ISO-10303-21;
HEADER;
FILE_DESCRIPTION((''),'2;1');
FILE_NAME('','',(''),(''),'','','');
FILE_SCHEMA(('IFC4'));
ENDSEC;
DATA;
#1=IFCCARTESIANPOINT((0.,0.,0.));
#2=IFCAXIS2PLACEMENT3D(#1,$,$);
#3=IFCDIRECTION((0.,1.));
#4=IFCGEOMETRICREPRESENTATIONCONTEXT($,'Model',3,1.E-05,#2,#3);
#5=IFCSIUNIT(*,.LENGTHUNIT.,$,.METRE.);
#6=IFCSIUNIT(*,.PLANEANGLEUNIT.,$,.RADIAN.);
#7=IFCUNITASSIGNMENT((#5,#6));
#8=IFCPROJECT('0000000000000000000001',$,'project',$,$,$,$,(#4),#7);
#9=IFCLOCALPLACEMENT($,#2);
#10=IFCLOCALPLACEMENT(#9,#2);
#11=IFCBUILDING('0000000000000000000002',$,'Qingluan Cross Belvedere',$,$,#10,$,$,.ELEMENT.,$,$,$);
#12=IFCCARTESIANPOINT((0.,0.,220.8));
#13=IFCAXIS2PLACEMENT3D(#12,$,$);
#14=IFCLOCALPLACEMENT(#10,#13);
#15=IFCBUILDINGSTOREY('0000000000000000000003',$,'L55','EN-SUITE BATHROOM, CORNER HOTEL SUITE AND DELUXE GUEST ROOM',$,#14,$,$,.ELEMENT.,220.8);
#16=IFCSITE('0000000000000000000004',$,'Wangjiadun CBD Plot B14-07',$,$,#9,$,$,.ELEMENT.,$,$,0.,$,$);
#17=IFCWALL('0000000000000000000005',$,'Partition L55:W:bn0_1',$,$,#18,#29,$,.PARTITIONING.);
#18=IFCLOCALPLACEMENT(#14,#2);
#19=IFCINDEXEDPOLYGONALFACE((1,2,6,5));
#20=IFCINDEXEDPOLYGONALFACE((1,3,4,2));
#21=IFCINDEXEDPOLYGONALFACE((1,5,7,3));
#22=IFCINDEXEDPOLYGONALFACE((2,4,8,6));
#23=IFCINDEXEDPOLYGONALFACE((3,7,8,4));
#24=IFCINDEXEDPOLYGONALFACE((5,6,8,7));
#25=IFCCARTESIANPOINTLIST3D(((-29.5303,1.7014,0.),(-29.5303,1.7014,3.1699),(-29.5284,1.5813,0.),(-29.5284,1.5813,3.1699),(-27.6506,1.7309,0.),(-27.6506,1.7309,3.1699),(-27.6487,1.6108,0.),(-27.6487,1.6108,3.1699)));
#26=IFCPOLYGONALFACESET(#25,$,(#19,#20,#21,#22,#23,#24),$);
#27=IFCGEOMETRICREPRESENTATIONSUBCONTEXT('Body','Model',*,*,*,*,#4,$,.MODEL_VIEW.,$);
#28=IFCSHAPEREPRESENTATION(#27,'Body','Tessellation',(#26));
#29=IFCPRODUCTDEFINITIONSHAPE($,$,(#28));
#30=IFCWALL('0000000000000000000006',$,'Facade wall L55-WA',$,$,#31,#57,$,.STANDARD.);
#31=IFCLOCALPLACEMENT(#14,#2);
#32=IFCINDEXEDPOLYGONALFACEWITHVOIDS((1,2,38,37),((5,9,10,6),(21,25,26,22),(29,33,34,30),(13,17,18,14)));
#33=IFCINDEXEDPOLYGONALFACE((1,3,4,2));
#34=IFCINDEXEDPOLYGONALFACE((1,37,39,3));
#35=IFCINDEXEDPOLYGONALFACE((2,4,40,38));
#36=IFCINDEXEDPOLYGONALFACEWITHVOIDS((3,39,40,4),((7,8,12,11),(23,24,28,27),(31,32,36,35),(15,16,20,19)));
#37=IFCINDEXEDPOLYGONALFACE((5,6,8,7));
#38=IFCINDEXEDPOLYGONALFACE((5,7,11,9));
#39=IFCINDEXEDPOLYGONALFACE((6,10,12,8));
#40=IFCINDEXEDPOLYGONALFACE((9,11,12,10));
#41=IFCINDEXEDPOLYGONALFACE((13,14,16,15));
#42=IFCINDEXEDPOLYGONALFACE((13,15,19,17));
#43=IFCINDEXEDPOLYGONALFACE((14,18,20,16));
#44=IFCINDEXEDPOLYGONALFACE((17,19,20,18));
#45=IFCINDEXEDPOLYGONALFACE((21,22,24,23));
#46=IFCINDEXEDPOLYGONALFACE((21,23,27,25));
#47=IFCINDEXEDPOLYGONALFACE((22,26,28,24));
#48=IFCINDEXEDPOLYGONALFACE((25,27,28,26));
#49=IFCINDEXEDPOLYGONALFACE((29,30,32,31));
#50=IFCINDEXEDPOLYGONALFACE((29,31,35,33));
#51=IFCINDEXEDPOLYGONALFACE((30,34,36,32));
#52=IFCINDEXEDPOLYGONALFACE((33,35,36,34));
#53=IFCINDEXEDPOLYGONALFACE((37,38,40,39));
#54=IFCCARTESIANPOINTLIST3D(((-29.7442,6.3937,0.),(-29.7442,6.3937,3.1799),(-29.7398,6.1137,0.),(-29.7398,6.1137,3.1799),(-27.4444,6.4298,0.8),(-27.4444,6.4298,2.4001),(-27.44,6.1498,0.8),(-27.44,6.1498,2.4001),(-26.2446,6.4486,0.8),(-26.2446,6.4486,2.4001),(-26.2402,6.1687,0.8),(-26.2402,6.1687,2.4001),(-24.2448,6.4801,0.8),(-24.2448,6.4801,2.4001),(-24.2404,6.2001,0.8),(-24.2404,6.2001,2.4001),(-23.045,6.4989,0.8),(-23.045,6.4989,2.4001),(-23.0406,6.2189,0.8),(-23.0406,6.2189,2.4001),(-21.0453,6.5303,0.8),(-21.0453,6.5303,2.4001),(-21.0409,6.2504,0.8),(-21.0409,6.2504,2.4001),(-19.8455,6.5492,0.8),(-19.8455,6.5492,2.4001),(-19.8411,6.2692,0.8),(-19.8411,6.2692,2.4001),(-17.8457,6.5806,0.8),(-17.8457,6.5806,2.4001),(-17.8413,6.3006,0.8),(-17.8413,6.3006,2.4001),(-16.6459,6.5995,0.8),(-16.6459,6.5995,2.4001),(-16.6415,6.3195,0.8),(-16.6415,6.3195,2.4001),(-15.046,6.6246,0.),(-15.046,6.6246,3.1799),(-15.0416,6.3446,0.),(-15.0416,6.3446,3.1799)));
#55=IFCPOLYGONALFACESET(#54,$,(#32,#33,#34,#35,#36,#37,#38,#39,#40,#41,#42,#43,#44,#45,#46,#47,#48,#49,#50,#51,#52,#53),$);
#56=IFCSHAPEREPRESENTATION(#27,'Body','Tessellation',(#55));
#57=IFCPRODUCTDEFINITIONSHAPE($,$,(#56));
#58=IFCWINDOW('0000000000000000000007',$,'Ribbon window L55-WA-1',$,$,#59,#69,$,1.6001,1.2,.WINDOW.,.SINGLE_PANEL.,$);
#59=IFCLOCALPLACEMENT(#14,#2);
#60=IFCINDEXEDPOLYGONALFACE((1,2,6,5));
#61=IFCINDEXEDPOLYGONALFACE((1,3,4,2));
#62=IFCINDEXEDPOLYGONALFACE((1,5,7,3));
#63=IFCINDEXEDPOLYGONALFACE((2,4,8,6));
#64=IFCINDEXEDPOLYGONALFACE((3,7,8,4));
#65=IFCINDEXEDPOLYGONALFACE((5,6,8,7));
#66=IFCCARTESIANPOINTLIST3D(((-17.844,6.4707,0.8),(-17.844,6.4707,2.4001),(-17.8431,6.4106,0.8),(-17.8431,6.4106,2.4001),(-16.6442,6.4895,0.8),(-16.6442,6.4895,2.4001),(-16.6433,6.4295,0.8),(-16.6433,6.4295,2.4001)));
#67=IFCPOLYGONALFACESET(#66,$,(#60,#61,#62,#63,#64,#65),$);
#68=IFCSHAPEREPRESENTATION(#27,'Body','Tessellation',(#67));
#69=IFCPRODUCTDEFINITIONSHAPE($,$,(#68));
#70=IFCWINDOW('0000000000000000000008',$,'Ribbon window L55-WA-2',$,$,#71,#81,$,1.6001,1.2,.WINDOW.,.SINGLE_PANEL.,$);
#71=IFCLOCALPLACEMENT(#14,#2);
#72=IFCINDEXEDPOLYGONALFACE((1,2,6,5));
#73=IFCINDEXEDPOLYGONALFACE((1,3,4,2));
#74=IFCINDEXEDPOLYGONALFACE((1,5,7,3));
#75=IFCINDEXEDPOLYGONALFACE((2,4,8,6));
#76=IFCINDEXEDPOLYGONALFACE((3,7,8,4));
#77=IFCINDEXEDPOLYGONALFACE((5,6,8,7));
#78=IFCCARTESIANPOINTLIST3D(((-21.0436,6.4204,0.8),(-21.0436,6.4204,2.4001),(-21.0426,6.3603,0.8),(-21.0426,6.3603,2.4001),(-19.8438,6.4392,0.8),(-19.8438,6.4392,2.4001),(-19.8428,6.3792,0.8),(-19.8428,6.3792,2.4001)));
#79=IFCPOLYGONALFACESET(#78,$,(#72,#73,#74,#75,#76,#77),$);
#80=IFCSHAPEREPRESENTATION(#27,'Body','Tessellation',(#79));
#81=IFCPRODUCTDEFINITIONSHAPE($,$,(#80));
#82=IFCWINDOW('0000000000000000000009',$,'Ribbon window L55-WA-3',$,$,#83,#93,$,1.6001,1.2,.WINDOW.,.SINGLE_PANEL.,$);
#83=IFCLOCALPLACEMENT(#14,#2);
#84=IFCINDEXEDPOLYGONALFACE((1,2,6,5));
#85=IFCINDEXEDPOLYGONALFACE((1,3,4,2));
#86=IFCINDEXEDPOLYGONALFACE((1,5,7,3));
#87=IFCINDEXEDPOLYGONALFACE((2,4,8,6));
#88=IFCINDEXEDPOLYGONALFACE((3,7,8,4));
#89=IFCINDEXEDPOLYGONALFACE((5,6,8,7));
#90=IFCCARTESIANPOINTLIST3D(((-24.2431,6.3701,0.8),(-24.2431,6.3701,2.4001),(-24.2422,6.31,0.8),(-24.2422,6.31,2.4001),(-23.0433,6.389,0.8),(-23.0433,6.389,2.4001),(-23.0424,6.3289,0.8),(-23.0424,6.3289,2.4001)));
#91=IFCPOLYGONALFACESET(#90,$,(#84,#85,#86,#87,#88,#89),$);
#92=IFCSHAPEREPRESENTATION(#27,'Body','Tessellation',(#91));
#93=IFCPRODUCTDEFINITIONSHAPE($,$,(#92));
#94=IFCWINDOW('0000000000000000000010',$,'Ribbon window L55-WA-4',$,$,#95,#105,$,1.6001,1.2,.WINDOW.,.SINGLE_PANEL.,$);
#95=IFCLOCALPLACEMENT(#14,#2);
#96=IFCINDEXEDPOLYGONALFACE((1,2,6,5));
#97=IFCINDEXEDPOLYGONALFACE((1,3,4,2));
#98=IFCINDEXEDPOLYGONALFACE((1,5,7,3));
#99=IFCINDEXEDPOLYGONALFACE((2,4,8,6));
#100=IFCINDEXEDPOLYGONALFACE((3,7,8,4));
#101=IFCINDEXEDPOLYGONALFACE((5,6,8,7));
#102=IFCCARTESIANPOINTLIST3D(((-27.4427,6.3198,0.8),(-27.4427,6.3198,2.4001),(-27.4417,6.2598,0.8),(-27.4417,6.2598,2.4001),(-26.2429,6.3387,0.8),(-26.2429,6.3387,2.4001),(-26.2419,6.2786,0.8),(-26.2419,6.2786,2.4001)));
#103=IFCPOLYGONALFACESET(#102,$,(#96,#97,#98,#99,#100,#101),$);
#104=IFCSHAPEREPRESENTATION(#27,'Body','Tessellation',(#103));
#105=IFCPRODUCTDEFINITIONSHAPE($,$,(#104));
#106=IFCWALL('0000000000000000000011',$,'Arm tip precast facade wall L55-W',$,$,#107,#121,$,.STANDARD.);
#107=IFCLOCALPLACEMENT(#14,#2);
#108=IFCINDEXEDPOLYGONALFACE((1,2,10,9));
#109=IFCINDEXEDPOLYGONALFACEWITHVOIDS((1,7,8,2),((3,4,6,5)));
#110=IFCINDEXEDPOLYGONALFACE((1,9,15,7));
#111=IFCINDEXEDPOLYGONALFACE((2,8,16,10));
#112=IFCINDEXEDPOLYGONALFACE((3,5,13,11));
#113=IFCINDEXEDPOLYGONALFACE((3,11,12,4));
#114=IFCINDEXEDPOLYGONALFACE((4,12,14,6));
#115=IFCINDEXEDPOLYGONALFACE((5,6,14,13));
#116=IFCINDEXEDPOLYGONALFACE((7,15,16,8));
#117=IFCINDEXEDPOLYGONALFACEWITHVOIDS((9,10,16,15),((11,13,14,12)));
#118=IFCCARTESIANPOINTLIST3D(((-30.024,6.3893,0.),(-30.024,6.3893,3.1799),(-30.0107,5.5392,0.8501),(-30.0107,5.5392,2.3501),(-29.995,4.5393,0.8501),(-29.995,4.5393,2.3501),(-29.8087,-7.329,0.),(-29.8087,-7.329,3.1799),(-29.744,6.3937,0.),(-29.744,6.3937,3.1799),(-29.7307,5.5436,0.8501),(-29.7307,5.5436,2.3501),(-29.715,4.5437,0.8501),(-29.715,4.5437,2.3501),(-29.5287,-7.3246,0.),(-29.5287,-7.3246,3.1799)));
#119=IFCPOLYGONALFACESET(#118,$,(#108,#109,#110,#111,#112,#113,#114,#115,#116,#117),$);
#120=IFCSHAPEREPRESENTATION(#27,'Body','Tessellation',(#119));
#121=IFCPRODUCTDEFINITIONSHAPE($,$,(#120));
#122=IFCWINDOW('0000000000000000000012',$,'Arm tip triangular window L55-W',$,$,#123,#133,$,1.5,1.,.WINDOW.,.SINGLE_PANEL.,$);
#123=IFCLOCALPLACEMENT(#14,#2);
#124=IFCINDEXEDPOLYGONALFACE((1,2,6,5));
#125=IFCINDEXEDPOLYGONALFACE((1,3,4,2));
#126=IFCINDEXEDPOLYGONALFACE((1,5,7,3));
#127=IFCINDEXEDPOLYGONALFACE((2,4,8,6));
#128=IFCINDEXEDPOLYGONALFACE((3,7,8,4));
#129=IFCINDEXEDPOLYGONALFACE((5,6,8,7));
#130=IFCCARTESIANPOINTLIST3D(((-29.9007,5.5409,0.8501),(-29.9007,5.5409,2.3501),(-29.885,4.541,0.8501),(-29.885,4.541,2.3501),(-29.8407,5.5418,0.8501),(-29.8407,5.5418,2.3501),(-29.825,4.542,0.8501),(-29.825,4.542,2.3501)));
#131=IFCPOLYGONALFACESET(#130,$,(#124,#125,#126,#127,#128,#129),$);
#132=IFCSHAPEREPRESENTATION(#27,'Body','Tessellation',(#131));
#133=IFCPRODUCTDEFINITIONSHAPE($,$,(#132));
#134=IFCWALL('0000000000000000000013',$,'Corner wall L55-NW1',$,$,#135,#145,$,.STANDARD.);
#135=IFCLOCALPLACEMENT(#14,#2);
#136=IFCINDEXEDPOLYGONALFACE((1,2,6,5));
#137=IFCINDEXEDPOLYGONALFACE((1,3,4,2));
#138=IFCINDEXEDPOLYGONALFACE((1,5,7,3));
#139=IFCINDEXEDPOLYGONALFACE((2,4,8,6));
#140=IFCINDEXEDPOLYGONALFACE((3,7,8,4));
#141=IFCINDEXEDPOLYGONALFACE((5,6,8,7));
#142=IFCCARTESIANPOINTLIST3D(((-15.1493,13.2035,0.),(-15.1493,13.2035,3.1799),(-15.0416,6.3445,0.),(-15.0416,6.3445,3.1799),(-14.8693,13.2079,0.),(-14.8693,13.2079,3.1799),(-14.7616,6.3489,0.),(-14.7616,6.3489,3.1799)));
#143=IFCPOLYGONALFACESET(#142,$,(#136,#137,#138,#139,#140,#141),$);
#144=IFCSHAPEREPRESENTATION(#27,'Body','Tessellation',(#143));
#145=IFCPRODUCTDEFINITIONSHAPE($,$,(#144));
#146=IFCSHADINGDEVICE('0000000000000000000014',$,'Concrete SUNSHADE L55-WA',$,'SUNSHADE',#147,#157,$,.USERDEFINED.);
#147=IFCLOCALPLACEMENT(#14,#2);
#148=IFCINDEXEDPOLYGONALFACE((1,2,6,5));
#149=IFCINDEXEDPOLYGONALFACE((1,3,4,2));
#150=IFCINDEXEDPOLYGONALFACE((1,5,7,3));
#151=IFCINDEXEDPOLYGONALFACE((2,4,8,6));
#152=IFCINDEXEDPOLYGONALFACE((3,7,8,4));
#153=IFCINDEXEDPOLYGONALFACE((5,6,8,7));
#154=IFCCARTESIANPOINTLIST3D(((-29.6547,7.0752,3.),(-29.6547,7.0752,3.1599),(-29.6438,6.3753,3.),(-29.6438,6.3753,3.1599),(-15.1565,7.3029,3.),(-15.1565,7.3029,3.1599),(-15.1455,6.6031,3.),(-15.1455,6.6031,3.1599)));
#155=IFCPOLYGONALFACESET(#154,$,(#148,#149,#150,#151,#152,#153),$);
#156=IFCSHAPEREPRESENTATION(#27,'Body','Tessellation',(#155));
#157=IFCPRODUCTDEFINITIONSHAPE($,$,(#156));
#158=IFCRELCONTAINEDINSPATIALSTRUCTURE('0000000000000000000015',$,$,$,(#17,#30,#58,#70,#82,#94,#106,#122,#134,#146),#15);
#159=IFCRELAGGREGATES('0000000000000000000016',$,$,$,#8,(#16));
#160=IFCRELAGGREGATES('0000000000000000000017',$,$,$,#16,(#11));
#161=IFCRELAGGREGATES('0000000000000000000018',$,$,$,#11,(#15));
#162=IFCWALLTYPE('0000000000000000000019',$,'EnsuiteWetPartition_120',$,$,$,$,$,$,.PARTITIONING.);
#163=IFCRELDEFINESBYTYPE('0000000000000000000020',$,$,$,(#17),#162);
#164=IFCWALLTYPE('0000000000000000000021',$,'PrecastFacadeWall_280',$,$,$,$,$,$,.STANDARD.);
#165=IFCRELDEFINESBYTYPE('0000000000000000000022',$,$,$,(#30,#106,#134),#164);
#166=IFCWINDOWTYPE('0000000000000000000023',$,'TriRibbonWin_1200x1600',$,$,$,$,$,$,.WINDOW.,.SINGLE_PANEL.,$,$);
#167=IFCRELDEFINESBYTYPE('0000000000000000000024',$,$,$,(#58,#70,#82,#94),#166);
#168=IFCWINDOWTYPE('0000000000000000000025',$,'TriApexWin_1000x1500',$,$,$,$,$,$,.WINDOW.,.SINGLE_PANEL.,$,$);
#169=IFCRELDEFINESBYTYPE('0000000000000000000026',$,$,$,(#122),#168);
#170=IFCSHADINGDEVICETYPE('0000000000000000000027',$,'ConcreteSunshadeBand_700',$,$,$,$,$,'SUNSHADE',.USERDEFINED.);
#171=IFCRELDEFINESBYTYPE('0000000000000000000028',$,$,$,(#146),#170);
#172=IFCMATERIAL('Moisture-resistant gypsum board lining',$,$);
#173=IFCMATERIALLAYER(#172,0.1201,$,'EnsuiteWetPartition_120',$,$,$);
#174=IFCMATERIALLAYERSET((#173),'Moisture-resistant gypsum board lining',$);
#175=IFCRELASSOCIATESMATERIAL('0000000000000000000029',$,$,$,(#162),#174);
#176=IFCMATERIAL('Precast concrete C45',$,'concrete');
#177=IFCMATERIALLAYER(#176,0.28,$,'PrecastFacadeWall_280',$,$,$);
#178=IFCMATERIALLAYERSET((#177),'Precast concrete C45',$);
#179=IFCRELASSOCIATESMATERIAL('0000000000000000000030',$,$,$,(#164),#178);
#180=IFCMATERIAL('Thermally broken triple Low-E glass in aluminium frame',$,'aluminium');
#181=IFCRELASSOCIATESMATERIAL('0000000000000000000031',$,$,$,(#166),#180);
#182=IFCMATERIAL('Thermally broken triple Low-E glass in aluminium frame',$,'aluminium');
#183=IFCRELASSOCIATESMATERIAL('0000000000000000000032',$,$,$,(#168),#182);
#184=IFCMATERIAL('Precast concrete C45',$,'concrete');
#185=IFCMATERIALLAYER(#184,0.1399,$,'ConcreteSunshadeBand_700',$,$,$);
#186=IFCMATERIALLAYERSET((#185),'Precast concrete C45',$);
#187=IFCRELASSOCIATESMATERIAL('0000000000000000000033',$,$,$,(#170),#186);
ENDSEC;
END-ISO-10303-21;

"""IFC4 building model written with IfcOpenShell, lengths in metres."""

from ifc_helpers import new_model, si_unit, direction, frame, frame_2d, origin, origin_2d, place, context, subcontext, project, spatial, rectangle, extrude, material, layer, layer_set, type_object, element, fill, save


model = new_model("IFC4")

# Units and contexts
model_context = context("Model", 3, precision=1e-05, world=origin(), true_north=direction((0.0, 1.0)))
body_context = subcontext(model_context, "Body", "Model", "MODEL_VIEW")
ifc_project = project(units=[si_unit("LENGTHUNIT", "METRE"), si_unit("PLANEANGLEUNIT", "RADIAN")], contexts=[model_context])

# Site, building, storey
site_placement = place(None, origin())
site = spatial("IfcSite", under=ifc_project, at=site_placement, Name="Wangjiadun CBD Plot B14-07", CompositionType="ELEMENT", RefElevation=0.0)
building_placement = place(site_placement, origin())
building = spatial("IfcBuilding", under=site, at=building_placement, Name="Qingluan Cross Belvedere", CompositionType="ELEMENT")
storey_placement = place(building_placement, frame((0.0, 0.0, 220.8)))
storey = spatial("IfcBuildingStorey", under=building, at=storey_placement, Name="L55", Description="EN-SUITE BATHROOM, CORNER HOTEL SUITE AND DELUXE GUEST ROOM", CompositionType="ELEMENT", Elevation=220.8)

# Shared definitions
ifc_material_1 = material(Name="Moisture-resistant gypsum board lining")
ifc_layer_1 = layer(ifc_material_1, 0.1201, Name="EnsuiteWetPartition_120")
ifc_layer_set_1 = layer_set([ifc_layer_1], Name="Moisture-resistant gypsum board lining")
wall_type_1 = type_object("IfcWallType", Name="EnsuiteWetPartition_120", PredefinedType="PARTITIONING", material=ifc_layer_set_1)

# Wall
wall_1_placement = place(storey_placement, frame((-27.6497, 1.6709, 0.0), z_axis=(0.0, 0.0, 1.0), x_axis=(-0.999877, -0.015714, 0.0)))
element("IfcWall", 1, at=wall_1_placement, inside=storey, type_object=wall_type_1, Name="Partition L55:W:bn0_1", PredefinedType="PARTITIONING", context=body_context, shape_type="SweptSolid", body=[
    extrude(rectangle(XDim=1.8799, YDim=0.1201, at=frame_2d((0.9399, 0.0))), origin(), (0.0, 0.0, 1.0), 3.1699),
])

# Wall, openings, windows
ifc_material_2 = material(Name="Precast concrete C45", Category="concrete")
ifc_layer_2 = layer(ifc_material_2, 0.28, Name="PrecastFacadeWall_280")
ifc_layer_set_2 = layer_set([ifc_layer_2], Name="Precast concrete C45")
wall_type_2 = type_object("IfcWallType", Name="PrecastFacadeWall_280", PredefinedType="STANDARD", material=ifc_layer_set_2)
wall_2_placement = place(storey_placement, frame((-15.0437, 6.4846, 0.0), z_axis=(0.0, 0.0, 1.0), x_axis=(-0.999877, -0.015711, 0.0)))
wall_2 = element("IfcWall", 2, at=wall_2_placement, inside=storey, type_object=wall_type_2, Name="Facade wall L55-WA", PredefinedType="STANDARD", context=body_context, shape_type="SweptSolid", body=[
    extrude(rectangle(XDim=14.7, YDim=0.28, at=frame_2d((7.3501, 0.0))), origin(), (0.0, 0.0, 1.0), 3.1799),
])
opening_1_placement = place(wall_2_placement, frame((1.6001, 0.0, 0.8)))
opening_1 = element("IfcOpeningElement", 3, at=opening_1_placement, cuts=wall_2, PredefinedType="OPENING", context=body_context, shape_type="SweptSolid", body=[
    extrude(rectangle(XDim=1.2, YDim=1.6001, at=frame_2d((0.6001, 0.8))), frame((0.0, 0.1499, 0.0), z_axis=(0.0, -1.0, 0.0), x_axis=(1.0, 0.0, 0.0)), (0.0, 0.0, 1.0), 0.3),
])
opening_2_placement = place(wall_2_placement, frame((4.8, 0.0, 0.8)))
opening_2 = element("IfcOpeningElement", 4, at=opening_2_placement, cuts=wall_2, PredefinedType="OPENING", context=body_context, shape_type="SweptSolid", body=[
    extrude(rectangle(XDim=1.2, YDim=1.6001, at=frame_2d((0.6001, 0.8))), frame((0.0, 0.1499, 0.0), z_axis=(0.0, -1.0, 0.0), x_axis=(1.0, 0.0, 0.0)), (0.0, 0.0, 1.0), 0.3),
])
opening_3_placement = place(wall_2_placement, frame((8.0, 0.0, 0.8)))
opening_3 = element("IfcOpeningElement", 5, at=opening_3_placement, cuts=wall_2, PredefinedType="OPENING", context=body_context, shape_type="SweptSolid", body=[
    extrude(rectangle(XDim=1.2, YDim=1.6001, at=frame_2d((0.6001, 0.8))), frame((0.0, 0.1499, 0.0), z_axis=(0.0, -1.0, 0.0), x_axis=(1.0, 0.0, 0.0)), (0.0, 0.0, 1.0), 0.3),
])
opening_4_placement = place(wall_2_placement, frame((11.2, 0.0, 0.8)))
opening_4 = element("IfcOpeningElement", 6, at=opening_4_placement, cuts=wall_2, PredefinedType="OPENING", context=body_context, shape_type="SweptSolid", body=[
    extrude(rectangle(XDim=1.2, YDim=1.6001, at=frame_2d((0.6001, 0.8))), frame((0.0, 0.1499, 0.0), z_axis=(0.0, -1.0, 0.0), x_axis=(1.0, 0.0, 0.0)), (0.0, 0.0, 1.0), 0.3),
])
ifc_material_3 = material(Name="Thermally broken triple Low-E glass in aluminium frame", Category="aluminium")
window_type_1 = type_object("IfcWindowType", Name="TriRibbonWin_1200x1600", PartitioningType="SINGLE_PANEL", PredefinedType="WINDOW", material=ifc_material_3)
window_1_placement = place(opening_1_placement, origin())
window_1 = element("IfcWindow", 7, at=window_1_placement, inside=storey, type_object=window_type_1, Name="Ribbon window L55-WA-1", OverallHeight=1.6001, OverallWidth=1.2, PartitioningType="SINGLE_PANEL", PredefinedType="WINDOW", context=body_context, shape_type="SweptSolid", body=[
    extrude(rectangle(XDim=1.2, YDim=1.6001, at=frame_2d((0.6001, 0.8))), frame((0.0, 0.03, 0.0), z_axis=(0.0, -1.0, 0.0), x_axis=(1.0, 0.0, 0.0)), (0.0, 0.0, 1.0), 0.0601),
])
fill(opening_1, window_1)
window_2_placement = place(opening_2_placement, origin())
window_2 = element("IfcWindow", 8, at=window_2_placement, inside=storey, type_object=window_type_1, Name="Ribbon window L55-WA-2", OverallHeight=1.6001, OverallWidth=1.2, PartitioningType="SINGLE_PANEL", PredefinedType="WINDOW", context=body_context, shape_type="SweptSolid", body=[
    extrude(rectangle(XDim=1.2, YDim=1.6001, at=frame_2d((0.6001, 0.8))), frame((0.0, 0.03, 0.0), z_axis=(0.0, -1.0, 0.0), x_axis=(1.0, 0.0, 0.0)), (0.0, 0.0, 1.0), 0.0601),
])
fill(opening_2, window_2)
window_3_placement = place(opening_3_placement, origin())
window_3 = element("IfcWindow", 9, at=window_3_placement, inside=storey, type_object=window_type_1, Name="Ribbon window L55-WA-3", OverallHeight=1.6001, OverallWidth=1.2, PartitioningType="SINGLE_PANEL", PredefinedType="WINDOW", context=body_context, shape_type="SweptSolid", body=[
    extrude(rectangle(XDim=1.2, YDim=1.6001, at=frame_2d((0.6001, 0.8))), frame((0.0, 0.03, 0.0), z_axis=(0.0, -1.0, 0.0), x_axis=(1.0, 0.0, 0.0)), (0.0, 0.0, 1.0), 0.0601),
])
fill(opening_3, window_3)
window_4_placement = place(opening_4_placement, origin())
window_4 = element("IfcWindow", 10, at=window_4_placement, inside=storey, type_object=window_type_1, Name="Ribbon window L55-WA-4", OverallHeight=1.6001, OverallWidth=1.2, PartitioningType="SINGLE_PANEL", PredefinedType="WINDOW", context=body_context, shape_type="SweptSolid", body=[
    extrude(rectangle(XDim=1.2, YDim=1.6001, at=frame_2d((0.6001, 0.8))), frame((0.0, 0.03, 0.0), z_axis=(0.0, -1.0, 0.0), x_axis=(1.0, 0.0, 0.0)), (0.0, 0.0, 1.0), 0.0601),
])
fill(opening_4, window_4)

# Wall, opening, window
wall_3_placement = place(storey_placement, frame((-29.884, 6.3914, 0.0), z_axis=(0.0, 0.0, 1.0), x_axis=(0.015695, -0.999877, 0.0)))
wall_3 = element("IfcWall", 11, at=wall_3_placement, inside=storey, type_object=wall_type_2, Name="Arm tip precast facade wall L55-W", PredefinedType="STANDARD", context=body_context, shape_type="SweptSolid", body=[
    extrude(rectangle(XDim=13.72, YDim=0.28, at=frame_2d((6.8599, 0.0))), origin(), (0.0, 0.0, 1.0), 3.1799),
])
opening_5_placement = place(wall_3_placement, frame((0.8501, 0.0, 0.8501)))
opening_5 = element("IfcOpeningElement", 12, at=opening_5_placement, cuts=wall_3, PredefinedType="OPENING", context=body_context, shape_type="SweptSolid", body=[
    extrude(rectangle(XDim=1.0, YDim=1.5, at=frame_2d((0.5, 0.75))), frame((0.0, 0.1499, 0.0), z_axis=(0.0, -1.0, 0.0), x_axis=(1.0, 0.0, 0.0)), (0.0, 0.0, 1.0), 0.3),
])
ifc_material_4 = material(Name="Thermally broken triple Low-E glass in aluminium frame", Category="aluminium")
window_type_2 = type_object("IfcWindowType", Name="TriApexWin_1000x1500", PartitioningType="SINGLE_PANEL", PredefinedType="WINDOW", material=ifc_material_4)
window_5_placement = place(opening_5_placement, origin())
window_5 = element("IfcWindow", 13, at=window_5_placement, inside=storey, type_object=window_type_2, Name="Arm tip triangular window L55-W", OverallHeight=1.5, OverallWidth=1.0, PartitioningType="SINGLE_PANEL", PredefinedType="WINDOW", context=body_context, shape_type="SweptSolid", body=[
    extrude(rectangle(XDim=1.0, YDim=1.5, at=frame_2d((0.5, 0.75))), frame((0.0, 0.03, 0.0), z_axis=(0.0, -1.0, 0.0), x_axis=(1.0, 0.0, 0.0)), (0.0, 0.0, 1.0), 0.0601),
])
fill(opening_5, window_5)

# Wall
wall_4_placement = place(storey_placement, frame((-14.9016, 6.3467, 0.0), z_axis=(0.0, 0.0, 1.0), x_axis=(-0.015695, 0.999877, 0.0)))
element("IfcWall", 14, at=wall_4_placement, inside=storey, type_object=wall_type_2, Name="Corner wall L55-NW1", PredefinedType="STANDARD", context=body_context, shape_type="SweptSolid", body=[
    extrude(rectangle(XDim=6.8599, YDim=0.28, at=frame_2d((3.4299, 0.0))), origin(), (0.0, 0.0, 1.0), 3.1799),
])

# Shading device
ifc_material_5 = material(Name="Precast concrete C45", Category="concrete")
ifc_layer_3 = layer(ifc_material_5, 0.1399, Name="ConcreteSunshadeBand_700")
ifc_layer_set_3 = layer_set([ifc_layer_3], Name="Precast concrete C45")
shading_device_type = type_object("IfcShadingDeviceType", Name="ConcreteSunshadeBand_700", ElementType="SUNSHADE", PredefinedType="USERDEFINED", material=ifc_layer_set_3)
shading_device_placement = place(storey_placement, frame((-22.4001, 6.8391, 3.0), z_axis=(0.0, 0.0, 1.0), x_axis=(-0.999877, -0.015707, 0.0)))
element("IfcShadingDevice", 15, at=shading_device_placement, inside=storey, type_object=shading_device_type, Name="Concrete SUNSHADE L55-WA", ObjectType="SUNSHADE", PredefinedType="USERDEFINED", context=body_context, shape_type="SweptSolid", body=[
    extrude(rectangle(XDim=14.5, YDim=0.7, at=origin_2d()), origin(), (0.0, 0.0, 1.0), 0.1599),
])

save(model, "model.ifc")
